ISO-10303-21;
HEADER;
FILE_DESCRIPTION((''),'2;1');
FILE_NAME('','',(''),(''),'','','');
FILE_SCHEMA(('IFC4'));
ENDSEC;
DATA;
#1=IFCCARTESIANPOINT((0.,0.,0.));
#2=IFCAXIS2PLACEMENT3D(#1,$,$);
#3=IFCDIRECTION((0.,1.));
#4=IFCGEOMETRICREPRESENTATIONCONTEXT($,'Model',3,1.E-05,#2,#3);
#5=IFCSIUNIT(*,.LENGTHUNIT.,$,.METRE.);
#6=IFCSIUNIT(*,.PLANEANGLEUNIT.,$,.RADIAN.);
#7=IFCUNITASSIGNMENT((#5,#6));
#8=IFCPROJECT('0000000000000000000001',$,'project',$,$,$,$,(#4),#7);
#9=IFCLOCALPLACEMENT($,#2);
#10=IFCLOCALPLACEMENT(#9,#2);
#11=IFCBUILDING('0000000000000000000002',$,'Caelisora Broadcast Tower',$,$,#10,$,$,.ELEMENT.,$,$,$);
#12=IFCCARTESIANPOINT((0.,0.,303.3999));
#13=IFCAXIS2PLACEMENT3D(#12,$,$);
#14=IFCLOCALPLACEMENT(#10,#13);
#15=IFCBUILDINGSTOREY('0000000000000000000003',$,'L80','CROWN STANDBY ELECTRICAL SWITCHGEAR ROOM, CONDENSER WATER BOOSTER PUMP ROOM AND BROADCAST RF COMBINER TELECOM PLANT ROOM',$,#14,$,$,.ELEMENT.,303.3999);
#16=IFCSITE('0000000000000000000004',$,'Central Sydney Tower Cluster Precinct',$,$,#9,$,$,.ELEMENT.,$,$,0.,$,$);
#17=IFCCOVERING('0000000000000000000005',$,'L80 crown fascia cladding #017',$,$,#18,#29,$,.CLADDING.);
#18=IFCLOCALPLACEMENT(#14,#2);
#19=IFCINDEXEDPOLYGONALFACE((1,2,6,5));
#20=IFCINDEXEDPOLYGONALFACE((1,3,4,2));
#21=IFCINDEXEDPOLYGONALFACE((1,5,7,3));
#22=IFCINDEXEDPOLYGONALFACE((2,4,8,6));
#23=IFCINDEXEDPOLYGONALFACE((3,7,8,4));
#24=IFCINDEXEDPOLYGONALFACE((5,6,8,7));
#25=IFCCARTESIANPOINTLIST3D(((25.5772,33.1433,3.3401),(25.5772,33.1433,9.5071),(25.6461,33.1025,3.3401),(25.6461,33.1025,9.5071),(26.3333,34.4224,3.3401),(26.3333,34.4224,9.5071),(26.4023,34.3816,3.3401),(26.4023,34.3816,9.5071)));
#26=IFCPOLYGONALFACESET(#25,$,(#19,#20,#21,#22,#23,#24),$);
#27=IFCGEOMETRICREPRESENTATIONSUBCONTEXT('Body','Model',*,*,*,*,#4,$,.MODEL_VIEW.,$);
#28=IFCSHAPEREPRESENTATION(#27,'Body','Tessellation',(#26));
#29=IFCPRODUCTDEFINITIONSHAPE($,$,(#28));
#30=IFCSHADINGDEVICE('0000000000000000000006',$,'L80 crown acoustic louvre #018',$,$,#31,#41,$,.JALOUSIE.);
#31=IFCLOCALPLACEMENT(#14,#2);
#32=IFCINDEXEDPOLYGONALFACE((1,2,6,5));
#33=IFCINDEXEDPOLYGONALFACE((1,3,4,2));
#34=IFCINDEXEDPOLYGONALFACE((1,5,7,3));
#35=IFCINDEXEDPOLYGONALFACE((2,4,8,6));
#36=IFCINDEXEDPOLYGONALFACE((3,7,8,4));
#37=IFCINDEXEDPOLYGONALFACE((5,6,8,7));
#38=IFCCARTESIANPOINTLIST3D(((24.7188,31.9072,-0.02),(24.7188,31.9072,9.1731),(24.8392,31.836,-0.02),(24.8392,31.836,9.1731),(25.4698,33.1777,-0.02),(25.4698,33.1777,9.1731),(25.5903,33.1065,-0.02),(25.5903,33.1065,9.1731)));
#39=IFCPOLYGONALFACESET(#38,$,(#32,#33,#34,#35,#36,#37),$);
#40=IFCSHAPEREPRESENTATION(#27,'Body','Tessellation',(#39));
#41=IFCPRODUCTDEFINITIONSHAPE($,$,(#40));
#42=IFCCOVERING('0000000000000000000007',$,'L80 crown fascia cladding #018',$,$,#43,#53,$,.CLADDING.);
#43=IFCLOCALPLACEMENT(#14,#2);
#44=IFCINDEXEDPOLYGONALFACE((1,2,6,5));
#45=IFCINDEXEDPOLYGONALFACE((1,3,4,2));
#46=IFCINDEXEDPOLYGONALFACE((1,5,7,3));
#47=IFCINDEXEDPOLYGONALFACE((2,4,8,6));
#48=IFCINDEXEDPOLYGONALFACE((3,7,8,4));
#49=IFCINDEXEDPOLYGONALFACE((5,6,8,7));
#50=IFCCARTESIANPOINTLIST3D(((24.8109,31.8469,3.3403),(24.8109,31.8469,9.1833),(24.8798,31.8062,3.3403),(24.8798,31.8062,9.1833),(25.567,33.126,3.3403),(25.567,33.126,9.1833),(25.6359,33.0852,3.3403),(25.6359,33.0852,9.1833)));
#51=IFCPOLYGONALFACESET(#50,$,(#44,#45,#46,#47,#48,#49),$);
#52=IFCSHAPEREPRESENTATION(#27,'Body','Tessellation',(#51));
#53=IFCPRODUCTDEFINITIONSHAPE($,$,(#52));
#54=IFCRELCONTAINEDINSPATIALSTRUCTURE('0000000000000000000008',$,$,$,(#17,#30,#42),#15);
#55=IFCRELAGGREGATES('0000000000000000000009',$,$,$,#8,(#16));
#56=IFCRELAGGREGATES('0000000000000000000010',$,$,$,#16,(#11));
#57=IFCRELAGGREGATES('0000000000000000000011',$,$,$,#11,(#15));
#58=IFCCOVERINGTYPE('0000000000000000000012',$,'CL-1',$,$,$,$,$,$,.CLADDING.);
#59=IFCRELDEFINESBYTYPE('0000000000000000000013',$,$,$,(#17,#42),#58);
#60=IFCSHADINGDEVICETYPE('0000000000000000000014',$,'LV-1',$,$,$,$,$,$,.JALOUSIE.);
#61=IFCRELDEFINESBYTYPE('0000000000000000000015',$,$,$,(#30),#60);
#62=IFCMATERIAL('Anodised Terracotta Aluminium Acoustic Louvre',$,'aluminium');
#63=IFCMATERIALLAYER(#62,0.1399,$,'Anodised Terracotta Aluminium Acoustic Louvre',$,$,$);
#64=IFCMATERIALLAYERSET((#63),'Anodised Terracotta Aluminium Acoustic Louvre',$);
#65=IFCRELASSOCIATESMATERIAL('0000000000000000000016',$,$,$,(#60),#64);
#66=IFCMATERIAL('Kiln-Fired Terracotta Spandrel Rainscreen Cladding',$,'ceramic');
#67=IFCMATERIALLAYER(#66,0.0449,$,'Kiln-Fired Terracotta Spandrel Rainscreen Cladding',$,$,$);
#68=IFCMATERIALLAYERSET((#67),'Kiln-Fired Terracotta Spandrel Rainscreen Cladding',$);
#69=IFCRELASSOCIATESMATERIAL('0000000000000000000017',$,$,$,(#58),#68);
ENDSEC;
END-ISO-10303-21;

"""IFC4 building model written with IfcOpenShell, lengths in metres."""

from ifc_helpers import new_model, si_unit, direction, frame, origin, origin_2d, place, context, subcontext, project, spatial, rectangle, extrude, source, transform, mapped, material, layer, layer_set, type_object, type_shapes, element, save


model = new_model("IFC4")

# Units and contexts
model_context = context("Model", 3, precision=1e-05, world=origin(), true_north=direction((0.0, 1.0)))
body_context = subcontext(model_context, "Body", "Model", "MODEL_VIEW")
ifc_project = project(units=[si_unit("LENGTHUNIT", "METRE"), si_unit("PLANEANGLEUNIT", "RADIAN")], contexts=[model_context])

# Site, building, storey
site_placement = place(None, origin())
site = spatial("IfcSite", under=ifc_project, at=site_placement, Name="Central Sydney Tower Cluster Precinct", CompositionType="ELEMENT", RefElevation=0.0)
building_placement = place(site_placement, origin())
building = spatial("IfcBuilding", under=site, at=building_placement, Name="Caelisora Broadcast Tower", CompositionType="ELEMENT")
storey_placement = place(building_placement, frame((0.0, 0.0, 303.3999)))
storey = spatial("IfcBuildingStorey", under=building, at=storey_placement, Name="L80", Description="CROWN STANDBY ELECTRICAL SWITCHGEAR ROOM, CONDENSER WATER BOOSTER PUMP ROOM AND BROADCAST RF COMBINER TELECOM PLANT ROOM", CompositionType="ELEMENT", Elevation=303.3999)

# Shared definitions
ifc_material_1 = material(Name="Anodised Terracotta Aluminium Acoustic Louvre", Category="aluminium")
ifc_layer_1 = layer(ifc_material_1, 0.1399, Name="Anodised Terracotta Aluminium Acoustic Louvre")
ifc_layer_set_1 = layer_set([ifc_layer_1], Name="Anodised Terracotta Aluminium Acoustic Louvre")
shading_device_type = type_object("IfcShadingDeviceType", Name="LV-1", PredefinedType="JALOUSIE", material=ifc_layer_set_1)

# Covering
ifc_material_2 = material(Name="Kiln-Fired Terracotta Spandrel Rainscreen Cladding", Category="ceramic")
ifc_layer_2 = layer(ifc_material_2, 0.0449, Name="Kiln-Fired Terracotta Spandrel Rainscreen Cladding")
ifc_layer_set_2 = layer_set([ifc_layer_2], Name="Kiln-Fired Terracotta Spandrel Rainscreen Cladding")
covering_type = type_object("IfcCoveringType", Name="CL-1", PredefinedType="CLADDING", material=ifc_layer_set_2)
shared_shape_1 = source(origin(), body_context, "Body", "SweptSolid", [
    extrude(rectangle(XDim=1.4858, YDim=0.0801, at=origin_2d()), origin(), (0.0, 0.0, 1.0), 6.167),
])
covering_1_placement = place(storey_placement, frame((25.9897, 33.7625, 3.3401), z_axis=(0.0, 0.0, 1.0), x_axis=(-0.508891, -0.860831, 0.0)))
element("IfcCovering", 1, at=covering_1_placement, inside=storey, type_object=covering_type, Name="L80 crown fascia cladding #017", PredefinedType="CLADDING", context=body_context, shape_type="MappedRepresentation", body=[
    mapped(shared_shape_1, transform((0.0, 0.0, 0.0), scale=1.0)),
])

# Shading device
shared_shape_2 = source(origin(), body_context, "Body", "SweptSolid", [
    extrude(rectangle(XDim=1.4758, YDim=0.1399, at=origin_2d()), origin(), (0.0, 0.0, 1.0), 9.1931),
])
shading_device_1_placement = place(storey_placement, frame((25.1545, 32.5068, -0.02), z_axis=(0.0, 0.0, 1.0), x_axis=(-0.508891, -0.860831, 0.0)))
element("IfcShadingDevice", 2, at=shading_device_1_placement, inside=storey, type_object=shading_device_type, Name="L80 crown acoustic louvre #018", PredefinedType="JALOUSIE", context=body_context, shape_type="MappedRepresentation", body=[
    mapped(shared_shape_2, transform((0.0, 0.0, 0.0), scale=1.0)),
])

# Covering
shared_shape_3 = source(origin(), body_context, "Body", "SweptSolid", [
    extrude(rectangle(XDim=1.4858, YDim=0.0801, at=origin_2d()), origin(), (0.0, 0.0, 1.0), 5.843),
])
type_shapes(covering_type, [shared_shape_1, shared_shape_3])
covering_2_placement = place(storey_placement, frame((25.2234, 32.4661, 3.3403), z_axis=(0.0, 0.0, 1.0), x_axis=(-0.508891, -0.860831, 0.0)))
element("IfcCovering", 3, at=covering_2_placement, inside=storey, type_object=covering_type, Name="L80 crown fascia cladding #018", PredefinedType="CLADDING", context=body_context, shape_type="MappedRepresentation", body=[
    mapped(shared_shape_3, transform((0.0, 0.0, 0.0), scale=1.0)),
])

save(model, "model.ifc")
